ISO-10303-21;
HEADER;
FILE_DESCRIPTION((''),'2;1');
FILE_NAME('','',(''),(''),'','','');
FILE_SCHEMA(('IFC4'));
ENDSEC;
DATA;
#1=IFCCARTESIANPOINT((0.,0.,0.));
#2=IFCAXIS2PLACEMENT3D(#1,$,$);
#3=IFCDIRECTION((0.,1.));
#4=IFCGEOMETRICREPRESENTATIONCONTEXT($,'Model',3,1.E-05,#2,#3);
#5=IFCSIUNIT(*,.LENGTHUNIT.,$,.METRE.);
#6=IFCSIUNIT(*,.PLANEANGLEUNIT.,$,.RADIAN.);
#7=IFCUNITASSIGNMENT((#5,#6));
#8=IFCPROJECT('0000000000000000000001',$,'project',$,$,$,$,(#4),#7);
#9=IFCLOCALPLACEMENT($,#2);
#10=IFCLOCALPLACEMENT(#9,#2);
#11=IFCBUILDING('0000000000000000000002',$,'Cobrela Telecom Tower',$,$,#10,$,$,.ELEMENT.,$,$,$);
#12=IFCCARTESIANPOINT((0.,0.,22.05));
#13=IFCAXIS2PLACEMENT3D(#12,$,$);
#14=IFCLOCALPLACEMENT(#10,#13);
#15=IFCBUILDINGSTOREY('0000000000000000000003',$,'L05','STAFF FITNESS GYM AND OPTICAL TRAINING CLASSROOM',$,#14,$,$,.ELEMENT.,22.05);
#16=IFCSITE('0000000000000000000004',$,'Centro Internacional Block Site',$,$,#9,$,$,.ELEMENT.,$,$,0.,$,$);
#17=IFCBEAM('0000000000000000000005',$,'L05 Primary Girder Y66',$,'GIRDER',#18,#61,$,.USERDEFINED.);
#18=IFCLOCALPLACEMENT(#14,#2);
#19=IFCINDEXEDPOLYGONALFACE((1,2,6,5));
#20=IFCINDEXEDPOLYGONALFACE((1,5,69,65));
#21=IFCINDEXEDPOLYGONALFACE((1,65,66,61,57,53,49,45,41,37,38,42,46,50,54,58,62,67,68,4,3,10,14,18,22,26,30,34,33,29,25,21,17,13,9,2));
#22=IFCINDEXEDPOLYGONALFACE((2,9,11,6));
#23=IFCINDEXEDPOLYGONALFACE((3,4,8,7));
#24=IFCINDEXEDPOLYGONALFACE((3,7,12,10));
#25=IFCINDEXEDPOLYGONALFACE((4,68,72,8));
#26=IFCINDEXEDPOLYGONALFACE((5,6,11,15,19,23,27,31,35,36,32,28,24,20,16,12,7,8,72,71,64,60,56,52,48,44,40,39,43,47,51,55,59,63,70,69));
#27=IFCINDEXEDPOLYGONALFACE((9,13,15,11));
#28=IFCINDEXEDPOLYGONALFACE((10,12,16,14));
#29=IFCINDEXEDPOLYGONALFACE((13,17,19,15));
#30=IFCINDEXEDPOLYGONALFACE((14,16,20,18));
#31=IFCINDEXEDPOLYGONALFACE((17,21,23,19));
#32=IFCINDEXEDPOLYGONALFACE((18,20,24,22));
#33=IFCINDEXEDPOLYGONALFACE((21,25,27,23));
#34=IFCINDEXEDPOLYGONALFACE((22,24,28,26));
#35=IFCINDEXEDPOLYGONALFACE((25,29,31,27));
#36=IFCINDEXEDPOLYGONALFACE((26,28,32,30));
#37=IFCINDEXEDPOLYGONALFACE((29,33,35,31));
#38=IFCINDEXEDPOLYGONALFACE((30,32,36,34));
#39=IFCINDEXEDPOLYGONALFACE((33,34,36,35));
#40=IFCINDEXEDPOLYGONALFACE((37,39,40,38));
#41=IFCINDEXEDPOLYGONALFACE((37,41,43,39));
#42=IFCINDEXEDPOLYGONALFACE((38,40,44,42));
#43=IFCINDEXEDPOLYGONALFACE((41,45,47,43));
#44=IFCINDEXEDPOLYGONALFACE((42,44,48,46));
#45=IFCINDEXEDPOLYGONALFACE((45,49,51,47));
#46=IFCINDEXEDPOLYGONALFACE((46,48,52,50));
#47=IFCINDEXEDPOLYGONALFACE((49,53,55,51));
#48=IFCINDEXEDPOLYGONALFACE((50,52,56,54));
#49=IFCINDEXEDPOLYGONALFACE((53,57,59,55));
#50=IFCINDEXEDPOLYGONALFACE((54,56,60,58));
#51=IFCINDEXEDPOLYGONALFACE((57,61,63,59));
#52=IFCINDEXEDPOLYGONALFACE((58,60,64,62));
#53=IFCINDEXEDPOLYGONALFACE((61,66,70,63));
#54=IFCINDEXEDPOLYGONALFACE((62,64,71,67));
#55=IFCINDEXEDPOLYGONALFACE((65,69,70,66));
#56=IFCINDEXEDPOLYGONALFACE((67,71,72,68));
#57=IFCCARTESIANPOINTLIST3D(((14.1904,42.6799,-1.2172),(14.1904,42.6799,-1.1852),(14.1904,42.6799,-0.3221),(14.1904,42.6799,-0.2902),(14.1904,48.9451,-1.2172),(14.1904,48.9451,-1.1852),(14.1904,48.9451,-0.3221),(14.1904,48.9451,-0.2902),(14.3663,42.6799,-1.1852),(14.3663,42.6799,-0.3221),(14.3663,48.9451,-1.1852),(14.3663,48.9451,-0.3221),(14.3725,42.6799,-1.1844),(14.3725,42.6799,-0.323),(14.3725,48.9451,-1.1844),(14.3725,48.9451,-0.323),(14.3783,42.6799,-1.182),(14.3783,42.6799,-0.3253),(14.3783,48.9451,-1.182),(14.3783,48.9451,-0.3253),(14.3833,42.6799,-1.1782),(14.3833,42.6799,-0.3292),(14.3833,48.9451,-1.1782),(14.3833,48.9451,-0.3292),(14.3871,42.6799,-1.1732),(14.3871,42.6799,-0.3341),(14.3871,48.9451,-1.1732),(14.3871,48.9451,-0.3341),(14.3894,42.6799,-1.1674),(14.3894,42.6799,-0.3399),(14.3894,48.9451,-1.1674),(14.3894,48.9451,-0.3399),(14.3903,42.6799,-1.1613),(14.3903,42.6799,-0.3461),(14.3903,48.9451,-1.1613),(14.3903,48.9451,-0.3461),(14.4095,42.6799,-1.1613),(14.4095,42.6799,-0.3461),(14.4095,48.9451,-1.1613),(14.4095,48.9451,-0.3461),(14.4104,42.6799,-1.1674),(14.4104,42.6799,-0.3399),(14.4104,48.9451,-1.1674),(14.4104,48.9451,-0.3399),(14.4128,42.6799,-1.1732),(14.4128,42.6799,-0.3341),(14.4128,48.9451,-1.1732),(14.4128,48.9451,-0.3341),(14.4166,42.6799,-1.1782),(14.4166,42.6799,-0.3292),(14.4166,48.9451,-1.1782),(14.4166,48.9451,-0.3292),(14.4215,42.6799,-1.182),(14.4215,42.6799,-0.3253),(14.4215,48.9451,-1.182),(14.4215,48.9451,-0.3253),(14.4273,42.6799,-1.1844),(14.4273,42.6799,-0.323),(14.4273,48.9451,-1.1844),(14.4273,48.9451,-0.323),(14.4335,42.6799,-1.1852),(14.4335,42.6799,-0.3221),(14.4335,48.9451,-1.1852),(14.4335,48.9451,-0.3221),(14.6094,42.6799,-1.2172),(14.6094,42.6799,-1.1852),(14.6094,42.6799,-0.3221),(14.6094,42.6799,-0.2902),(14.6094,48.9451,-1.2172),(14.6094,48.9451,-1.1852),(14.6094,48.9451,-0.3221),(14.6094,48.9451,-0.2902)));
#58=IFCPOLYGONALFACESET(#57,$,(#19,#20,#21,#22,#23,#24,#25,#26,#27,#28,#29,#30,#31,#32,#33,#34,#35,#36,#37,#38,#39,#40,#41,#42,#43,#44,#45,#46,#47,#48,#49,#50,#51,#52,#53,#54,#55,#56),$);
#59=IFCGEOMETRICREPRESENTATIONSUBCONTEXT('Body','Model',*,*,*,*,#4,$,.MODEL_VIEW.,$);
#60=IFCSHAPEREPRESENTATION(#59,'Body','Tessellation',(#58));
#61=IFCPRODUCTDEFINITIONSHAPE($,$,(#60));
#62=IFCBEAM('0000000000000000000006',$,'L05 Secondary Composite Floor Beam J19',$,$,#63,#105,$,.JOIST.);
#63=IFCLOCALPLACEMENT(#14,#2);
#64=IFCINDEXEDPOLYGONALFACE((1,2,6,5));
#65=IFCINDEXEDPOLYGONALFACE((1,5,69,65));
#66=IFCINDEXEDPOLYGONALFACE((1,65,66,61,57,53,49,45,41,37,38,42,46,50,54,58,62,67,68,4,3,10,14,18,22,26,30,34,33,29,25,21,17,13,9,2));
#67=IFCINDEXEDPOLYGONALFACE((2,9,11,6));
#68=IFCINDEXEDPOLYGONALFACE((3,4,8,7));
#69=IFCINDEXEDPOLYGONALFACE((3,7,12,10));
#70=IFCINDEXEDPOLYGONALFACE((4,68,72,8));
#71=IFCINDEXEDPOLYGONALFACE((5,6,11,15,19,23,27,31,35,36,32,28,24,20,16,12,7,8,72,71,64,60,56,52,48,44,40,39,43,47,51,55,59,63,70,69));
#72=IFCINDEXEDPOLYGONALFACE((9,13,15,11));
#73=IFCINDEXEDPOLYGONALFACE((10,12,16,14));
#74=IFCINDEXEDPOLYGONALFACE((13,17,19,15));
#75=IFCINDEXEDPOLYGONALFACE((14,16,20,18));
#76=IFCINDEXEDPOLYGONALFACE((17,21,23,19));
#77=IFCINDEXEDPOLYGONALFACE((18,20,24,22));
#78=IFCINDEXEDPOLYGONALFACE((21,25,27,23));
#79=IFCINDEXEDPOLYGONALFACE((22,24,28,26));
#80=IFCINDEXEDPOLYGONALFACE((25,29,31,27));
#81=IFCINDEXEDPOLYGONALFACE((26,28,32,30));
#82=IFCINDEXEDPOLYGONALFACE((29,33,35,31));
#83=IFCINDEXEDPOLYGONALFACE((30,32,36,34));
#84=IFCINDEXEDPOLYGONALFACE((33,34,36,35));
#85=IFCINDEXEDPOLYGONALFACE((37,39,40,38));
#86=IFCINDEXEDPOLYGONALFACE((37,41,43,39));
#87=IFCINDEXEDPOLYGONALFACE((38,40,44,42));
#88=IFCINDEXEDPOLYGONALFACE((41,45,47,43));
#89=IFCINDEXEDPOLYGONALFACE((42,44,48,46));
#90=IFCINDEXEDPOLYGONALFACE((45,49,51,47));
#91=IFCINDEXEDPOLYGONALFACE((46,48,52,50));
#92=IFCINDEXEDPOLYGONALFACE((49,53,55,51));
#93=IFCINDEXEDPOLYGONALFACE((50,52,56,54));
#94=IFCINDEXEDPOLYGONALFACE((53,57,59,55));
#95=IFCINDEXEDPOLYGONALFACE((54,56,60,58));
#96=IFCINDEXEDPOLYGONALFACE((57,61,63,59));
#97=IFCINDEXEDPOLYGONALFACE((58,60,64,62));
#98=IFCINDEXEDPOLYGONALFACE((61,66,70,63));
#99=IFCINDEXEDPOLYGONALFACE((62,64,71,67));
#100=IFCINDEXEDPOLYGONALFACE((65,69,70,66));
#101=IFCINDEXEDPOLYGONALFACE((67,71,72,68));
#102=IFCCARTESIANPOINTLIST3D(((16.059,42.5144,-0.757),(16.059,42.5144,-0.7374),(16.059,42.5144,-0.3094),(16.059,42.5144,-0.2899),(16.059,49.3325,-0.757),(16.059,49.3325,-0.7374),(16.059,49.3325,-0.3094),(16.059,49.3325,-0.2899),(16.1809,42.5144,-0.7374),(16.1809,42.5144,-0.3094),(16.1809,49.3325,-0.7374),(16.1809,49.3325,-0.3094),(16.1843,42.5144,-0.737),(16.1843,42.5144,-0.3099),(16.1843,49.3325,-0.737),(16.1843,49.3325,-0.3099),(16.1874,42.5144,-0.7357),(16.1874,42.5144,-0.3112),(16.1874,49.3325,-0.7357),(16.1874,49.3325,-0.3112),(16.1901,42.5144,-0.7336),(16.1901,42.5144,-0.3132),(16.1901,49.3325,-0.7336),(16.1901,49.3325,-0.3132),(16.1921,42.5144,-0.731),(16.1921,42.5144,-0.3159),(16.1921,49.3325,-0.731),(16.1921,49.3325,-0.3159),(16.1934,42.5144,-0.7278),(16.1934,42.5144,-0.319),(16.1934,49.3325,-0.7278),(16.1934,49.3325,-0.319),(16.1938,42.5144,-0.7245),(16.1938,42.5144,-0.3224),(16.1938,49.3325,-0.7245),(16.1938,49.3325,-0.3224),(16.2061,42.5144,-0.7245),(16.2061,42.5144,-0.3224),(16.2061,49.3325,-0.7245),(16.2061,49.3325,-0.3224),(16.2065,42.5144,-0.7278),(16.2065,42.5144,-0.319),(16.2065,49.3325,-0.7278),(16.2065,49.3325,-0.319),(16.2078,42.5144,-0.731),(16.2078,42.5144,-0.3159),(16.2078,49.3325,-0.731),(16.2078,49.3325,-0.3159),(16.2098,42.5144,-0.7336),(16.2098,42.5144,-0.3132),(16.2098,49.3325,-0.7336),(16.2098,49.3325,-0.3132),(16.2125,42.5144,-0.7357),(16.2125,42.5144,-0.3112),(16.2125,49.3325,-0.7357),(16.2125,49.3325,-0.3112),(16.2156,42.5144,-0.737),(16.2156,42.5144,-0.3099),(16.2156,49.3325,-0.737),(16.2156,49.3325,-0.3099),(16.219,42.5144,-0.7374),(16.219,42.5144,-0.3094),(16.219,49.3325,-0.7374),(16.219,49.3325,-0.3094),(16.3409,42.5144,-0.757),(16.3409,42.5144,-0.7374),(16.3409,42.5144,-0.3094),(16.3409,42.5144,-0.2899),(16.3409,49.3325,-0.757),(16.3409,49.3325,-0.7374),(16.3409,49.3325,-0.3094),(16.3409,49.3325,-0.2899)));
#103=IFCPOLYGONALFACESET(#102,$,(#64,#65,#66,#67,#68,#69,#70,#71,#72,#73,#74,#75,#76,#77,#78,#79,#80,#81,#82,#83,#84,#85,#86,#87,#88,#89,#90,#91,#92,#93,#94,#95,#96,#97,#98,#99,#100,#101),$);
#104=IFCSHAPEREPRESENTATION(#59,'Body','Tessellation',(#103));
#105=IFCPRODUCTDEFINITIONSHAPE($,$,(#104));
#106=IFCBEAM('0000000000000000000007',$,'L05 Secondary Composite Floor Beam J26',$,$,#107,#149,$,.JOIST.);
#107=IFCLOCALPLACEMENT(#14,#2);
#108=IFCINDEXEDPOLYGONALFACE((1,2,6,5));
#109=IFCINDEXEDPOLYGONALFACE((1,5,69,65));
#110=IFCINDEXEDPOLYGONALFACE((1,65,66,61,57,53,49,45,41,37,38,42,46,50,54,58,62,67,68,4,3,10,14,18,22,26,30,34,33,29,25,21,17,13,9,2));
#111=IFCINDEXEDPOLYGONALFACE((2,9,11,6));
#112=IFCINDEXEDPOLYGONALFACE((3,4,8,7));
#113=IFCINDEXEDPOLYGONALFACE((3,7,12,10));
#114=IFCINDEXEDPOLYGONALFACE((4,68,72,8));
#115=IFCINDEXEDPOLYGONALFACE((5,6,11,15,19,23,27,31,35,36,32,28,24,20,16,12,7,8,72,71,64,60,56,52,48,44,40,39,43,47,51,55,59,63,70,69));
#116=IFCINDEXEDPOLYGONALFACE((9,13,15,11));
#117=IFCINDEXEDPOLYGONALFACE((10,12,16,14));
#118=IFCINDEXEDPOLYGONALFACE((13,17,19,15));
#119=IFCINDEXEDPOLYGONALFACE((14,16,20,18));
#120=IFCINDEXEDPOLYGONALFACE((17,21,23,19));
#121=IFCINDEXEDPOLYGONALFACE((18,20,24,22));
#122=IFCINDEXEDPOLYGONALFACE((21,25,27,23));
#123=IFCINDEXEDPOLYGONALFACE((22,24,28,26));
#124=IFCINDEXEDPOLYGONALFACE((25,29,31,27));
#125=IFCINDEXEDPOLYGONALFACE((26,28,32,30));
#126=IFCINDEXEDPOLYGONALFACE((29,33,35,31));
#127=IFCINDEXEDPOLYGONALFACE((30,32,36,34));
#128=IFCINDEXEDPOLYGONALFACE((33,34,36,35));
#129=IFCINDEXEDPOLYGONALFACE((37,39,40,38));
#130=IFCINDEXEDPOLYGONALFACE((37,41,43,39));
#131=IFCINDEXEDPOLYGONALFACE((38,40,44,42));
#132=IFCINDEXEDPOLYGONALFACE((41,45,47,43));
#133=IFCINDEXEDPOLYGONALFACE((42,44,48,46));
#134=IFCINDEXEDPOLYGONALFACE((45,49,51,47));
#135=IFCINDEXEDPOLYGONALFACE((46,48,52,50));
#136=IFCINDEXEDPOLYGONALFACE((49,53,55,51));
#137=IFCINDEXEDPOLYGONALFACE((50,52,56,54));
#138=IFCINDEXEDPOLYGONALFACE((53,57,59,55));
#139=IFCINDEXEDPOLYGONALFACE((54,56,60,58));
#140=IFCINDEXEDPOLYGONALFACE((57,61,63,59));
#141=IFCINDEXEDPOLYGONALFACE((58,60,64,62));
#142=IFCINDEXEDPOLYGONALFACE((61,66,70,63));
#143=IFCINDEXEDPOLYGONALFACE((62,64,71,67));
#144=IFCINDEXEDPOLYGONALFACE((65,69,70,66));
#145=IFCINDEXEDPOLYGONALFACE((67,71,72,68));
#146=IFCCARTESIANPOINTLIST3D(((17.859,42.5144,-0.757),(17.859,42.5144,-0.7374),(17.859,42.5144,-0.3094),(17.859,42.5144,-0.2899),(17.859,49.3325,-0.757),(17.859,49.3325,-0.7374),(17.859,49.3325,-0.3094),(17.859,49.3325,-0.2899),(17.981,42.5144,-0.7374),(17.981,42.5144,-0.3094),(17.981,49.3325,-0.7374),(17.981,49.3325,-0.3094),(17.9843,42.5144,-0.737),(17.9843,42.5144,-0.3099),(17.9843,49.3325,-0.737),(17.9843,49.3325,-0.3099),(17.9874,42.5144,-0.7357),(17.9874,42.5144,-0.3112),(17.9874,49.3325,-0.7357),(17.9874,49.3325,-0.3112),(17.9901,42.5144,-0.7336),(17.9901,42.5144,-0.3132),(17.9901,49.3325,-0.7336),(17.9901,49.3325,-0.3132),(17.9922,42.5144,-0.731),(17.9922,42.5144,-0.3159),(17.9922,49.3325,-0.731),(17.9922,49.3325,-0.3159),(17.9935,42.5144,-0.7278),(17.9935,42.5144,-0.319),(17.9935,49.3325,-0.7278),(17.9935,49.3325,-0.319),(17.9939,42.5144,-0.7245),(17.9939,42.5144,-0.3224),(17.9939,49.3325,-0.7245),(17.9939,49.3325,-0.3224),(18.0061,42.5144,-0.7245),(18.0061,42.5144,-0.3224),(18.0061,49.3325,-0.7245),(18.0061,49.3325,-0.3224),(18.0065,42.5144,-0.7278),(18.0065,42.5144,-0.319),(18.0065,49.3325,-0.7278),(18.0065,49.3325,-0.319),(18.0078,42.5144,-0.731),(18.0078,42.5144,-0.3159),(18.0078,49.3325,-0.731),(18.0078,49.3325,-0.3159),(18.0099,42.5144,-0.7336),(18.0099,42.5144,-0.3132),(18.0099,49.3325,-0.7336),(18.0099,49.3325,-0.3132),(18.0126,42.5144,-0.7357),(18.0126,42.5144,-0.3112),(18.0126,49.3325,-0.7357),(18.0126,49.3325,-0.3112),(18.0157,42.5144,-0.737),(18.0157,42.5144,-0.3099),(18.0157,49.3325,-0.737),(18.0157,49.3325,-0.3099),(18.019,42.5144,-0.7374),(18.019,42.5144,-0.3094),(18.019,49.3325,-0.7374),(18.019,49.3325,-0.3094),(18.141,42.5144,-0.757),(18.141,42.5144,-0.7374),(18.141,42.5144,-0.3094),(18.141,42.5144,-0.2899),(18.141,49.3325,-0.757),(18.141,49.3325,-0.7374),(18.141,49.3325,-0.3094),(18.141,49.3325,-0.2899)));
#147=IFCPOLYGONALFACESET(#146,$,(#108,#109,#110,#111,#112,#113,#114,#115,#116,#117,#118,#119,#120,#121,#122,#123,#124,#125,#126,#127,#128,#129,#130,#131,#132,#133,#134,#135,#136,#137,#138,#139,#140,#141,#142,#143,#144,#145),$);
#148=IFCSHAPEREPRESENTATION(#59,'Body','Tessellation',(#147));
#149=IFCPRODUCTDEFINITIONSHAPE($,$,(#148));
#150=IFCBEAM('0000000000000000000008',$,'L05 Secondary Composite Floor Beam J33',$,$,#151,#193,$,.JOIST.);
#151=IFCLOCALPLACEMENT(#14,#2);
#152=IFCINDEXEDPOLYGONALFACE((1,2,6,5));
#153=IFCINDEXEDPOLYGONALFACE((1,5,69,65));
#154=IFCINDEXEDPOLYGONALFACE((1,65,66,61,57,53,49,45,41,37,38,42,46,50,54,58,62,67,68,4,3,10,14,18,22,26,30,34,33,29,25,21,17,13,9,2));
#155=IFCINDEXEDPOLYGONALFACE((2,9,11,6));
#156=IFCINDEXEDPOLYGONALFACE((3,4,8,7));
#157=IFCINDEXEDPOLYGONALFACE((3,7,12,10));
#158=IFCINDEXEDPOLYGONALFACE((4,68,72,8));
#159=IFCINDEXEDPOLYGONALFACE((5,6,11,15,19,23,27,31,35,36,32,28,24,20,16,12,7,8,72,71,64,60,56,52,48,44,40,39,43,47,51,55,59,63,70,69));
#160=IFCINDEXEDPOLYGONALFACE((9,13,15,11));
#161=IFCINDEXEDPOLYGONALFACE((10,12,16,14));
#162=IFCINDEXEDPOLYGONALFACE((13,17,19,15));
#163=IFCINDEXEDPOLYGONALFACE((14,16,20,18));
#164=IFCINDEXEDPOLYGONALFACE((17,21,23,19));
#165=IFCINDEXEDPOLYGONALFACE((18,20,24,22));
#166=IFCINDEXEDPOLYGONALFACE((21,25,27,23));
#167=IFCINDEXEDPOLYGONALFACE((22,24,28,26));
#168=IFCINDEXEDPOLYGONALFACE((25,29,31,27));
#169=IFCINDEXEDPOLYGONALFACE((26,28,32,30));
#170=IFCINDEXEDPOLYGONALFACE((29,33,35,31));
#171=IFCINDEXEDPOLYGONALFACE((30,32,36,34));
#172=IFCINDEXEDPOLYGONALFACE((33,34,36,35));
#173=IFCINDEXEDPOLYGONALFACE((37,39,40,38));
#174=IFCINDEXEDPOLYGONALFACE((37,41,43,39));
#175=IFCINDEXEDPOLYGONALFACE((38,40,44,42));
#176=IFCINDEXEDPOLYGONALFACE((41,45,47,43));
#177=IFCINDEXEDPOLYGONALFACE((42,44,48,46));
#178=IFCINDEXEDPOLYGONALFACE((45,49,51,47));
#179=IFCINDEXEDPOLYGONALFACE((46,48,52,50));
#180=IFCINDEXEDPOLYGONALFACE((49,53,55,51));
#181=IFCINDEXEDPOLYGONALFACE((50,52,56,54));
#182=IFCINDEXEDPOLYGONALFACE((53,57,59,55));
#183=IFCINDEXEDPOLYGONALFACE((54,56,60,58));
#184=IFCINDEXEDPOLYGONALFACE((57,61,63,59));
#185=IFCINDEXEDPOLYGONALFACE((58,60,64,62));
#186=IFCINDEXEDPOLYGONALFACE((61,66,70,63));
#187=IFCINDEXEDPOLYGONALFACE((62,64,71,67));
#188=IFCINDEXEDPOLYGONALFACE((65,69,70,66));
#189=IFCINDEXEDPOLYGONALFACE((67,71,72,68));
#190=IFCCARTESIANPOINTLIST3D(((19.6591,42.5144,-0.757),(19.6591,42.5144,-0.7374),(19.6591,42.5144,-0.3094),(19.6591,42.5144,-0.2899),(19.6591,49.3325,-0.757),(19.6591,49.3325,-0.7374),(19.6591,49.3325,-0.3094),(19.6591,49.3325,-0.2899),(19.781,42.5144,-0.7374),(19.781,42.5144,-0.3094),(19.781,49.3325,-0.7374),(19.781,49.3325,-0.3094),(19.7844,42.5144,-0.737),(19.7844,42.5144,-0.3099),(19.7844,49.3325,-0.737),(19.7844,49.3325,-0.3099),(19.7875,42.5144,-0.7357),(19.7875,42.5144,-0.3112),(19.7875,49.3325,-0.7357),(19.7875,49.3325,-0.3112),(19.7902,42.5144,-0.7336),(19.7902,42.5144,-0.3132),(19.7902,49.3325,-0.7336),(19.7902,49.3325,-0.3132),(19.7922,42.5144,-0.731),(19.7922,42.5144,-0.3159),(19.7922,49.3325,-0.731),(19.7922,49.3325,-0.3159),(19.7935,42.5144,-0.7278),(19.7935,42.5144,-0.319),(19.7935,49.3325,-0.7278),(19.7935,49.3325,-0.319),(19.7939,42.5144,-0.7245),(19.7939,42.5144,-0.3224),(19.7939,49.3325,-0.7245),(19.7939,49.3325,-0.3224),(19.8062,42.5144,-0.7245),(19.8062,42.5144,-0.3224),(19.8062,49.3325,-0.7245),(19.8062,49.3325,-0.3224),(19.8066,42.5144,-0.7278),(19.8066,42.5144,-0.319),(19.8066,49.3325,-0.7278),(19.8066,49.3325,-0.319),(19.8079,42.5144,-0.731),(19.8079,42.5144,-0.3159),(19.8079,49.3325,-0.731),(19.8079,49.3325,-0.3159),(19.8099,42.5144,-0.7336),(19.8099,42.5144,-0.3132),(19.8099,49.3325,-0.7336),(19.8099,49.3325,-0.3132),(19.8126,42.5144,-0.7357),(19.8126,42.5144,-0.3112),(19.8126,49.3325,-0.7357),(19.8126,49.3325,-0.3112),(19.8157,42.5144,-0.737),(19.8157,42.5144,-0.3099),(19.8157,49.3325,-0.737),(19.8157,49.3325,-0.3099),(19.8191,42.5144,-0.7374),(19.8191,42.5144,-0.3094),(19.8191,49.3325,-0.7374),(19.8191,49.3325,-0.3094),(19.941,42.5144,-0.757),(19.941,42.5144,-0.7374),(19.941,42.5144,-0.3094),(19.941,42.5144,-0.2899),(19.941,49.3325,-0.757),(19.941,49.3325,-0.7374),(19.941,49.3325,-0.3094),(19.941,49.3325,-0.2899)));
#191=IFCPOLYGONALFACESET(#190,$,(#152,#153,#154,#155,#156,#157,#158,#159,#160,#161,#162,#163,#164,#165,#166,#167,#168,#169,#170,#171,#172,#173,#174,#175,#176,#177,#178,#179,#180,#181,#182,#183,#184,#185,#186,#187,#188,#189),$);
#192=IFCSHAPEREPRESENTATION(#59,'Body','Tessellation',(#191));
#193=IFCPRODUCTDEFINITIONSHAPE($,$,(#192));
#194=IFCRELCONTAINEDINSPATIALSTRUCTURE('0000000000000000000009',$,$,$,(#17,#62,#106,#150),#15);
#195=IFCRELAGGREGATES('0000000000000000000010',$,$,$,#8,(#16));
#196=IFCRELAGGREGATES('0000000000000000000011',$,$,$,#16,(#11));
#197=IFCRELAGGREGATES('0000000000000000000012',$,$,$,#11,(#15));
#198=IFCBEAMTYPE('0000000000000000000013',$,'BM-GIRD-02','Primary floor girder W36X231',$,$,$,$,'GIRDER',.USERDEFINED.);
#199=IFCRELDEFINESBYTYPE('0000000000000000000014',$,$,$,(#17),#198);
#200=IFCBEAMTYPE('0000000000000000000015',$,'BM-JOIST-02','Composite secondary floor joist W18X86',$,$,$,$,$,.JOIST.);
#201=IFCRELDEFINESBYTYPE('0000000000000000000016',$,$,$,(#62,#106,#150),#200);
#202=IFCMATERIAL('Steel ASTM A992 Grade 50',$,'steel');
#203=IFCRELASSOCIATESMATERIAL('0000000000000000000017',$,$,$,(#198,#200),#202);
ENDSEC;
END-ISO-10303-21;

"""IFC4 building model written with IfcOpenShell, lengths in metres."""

from ifc_helpers import new_model, si_unit, direction, frame, origin, origin_2d, place, context, subcontext, project, spatial, i_section, extrude, material, material_profile, profile_set, type_object, element, save


model = new_model("IFC4")

# Units and contexts
model_context = context("Model", 3, precision=1e-05, world=origin(), true_north=direction((0.0, 1.0)))
body_context = subcontext(model_context, "Body", "Model", "MODEL_VIEW")
ifc_project = project(units=[si_unit("LENGTHUNIT", "METRE"), si_unit("PLANEANGLEUNIT", "RADIAN")], contexts=[model_context])

# Site, building, storey
site_placement = place(None, origin())
site = spatial("IfcSite", under=ifc_project, at=site_placement, Name="Centro Internacional Block Site", CompositionType="ELEMENT", RefElevation=0.0)
building_placement = place(site_placement, origin())
building = spatial("IfcBuilding", under=site, at=building_placement, Name="Cobrela Telecom Tower", CompositionType="ELEMENT")
storey_placement = place(building_placement, frame((0.0, 0.0, 22.05)))
storey = spatial("IfcBuildingStorey", under=building, at=storey_placement, Name="L05", Description="STAFF FITNESS GYM AND OPTICAL TRAINING CLASSROOM", CompositionType="ELEMENT", Elevation=22.05)

# Beams
ifc_material_1 = material(Name="Steel ASTM A992 Grade 50", Category="steel")
ifc_material_profile_1 = material_profile(ifc_material_1, i_section(OverallWidth=0.4189, OverallDepth=0.927, WebThickness=0.0193, FlangeThickness=0.032, FilletRadius=0.0239, at=origin_2d()), Name="W36X231")
ifc_profile_set_1 = profile_set([ifc_material_profile_1], Name="Steel ASTM A992 Grade 50")
beam_type_1 = type_object("IfcBeamType", Name="BM-GIRD-02", Description="Primary floor girder W36X231", ElementType="GIRDER", PredefinedType="USERDEFINED", material=ifc_profile_set_1)
beam_1_placement = place(storey_placement, frame((14.3999, 42.6799, -0.7537), z_axis=(0.0, 1.0, 0.0), x_axis=(-1.0, 0.0, 0.0)))
element("IfcBeam", 1, at=beam_1_placement, inside=storey, type_object=beam_type_1, Name="L05 Primary Girder Y66", ObjectType="GIRDER", PredefinedType="USERDEFINED", context=body_context, shape_type="SweptSolid", body=[
    extrude(i_section(OverallWidth=0.4189, OverallDepth=0.927, WebThickness=0.0193, FlangeThickness=0.032, FilletRadius=0.0239, at=origin_2d()), origin(), (0.0, 0.0, 1.0), 6.2651),
])
ifc_material_profile_2 = material_profile(ifc_material_1, i_section(OverallWidth=0.282, OverallDepth=0.467, WebThickness=0.0122, FlangeThickness=0.0195, FilletRadius=0.0129, at=origin_2d()), Name="W18X86")
ifc_profile_set_2 = profile_set([ifc_material_profile_2], Name="Steel ASTM A992 Grade 50")
beam_type_2 = type_object("IfcBeamType", Name="BM-JOIST-02", Description="Composite secondary floor joist W18X86", PredefinedType="JOIST", material=ifc_profile_set_2)
for number, where, z_axis, x_axis, name in (
    (2, (16.2, 42.5144, -0.5234), (0.0, 1.0, 0.0), (-1.0, 0.0, 0.0), "L05 Secondary Composite Floor Beam J19"),
    (3, (18.0, 42.5144, -0.5234), (0.0, 1.0, 0.0), (-1.0, 0.0, 0.0), "L05 Secondary Composite Floor Beam J26"),
    (4, (19.8, 42.5144, -0.5234), (0.0, 1.0, 0.0), (-1.0, 0.0, 0.0), "L05 Secondary Composite Floor Beam J33"),
):
    element("IfcBeam", number, at=place(storey_placement, frame(where, z_axis=z_axis, x_axis=x_axis)), inside=storey, type_object=beam_type_2, Name=name, PredefinedType="JOIST", context=body_context, shape_type="SweptSolid", body=[
        extrude(i_section(OverallWidth=0.282, OverallDepth=0.467, WebThickness=0.0122, FlangeThickness=0.0195, FilletRadius=0.0129, at=origin_2d()), origin(), (0.0, 0.0, 1.0), 6.8181),
    ])

save(model, "model.ifc")
